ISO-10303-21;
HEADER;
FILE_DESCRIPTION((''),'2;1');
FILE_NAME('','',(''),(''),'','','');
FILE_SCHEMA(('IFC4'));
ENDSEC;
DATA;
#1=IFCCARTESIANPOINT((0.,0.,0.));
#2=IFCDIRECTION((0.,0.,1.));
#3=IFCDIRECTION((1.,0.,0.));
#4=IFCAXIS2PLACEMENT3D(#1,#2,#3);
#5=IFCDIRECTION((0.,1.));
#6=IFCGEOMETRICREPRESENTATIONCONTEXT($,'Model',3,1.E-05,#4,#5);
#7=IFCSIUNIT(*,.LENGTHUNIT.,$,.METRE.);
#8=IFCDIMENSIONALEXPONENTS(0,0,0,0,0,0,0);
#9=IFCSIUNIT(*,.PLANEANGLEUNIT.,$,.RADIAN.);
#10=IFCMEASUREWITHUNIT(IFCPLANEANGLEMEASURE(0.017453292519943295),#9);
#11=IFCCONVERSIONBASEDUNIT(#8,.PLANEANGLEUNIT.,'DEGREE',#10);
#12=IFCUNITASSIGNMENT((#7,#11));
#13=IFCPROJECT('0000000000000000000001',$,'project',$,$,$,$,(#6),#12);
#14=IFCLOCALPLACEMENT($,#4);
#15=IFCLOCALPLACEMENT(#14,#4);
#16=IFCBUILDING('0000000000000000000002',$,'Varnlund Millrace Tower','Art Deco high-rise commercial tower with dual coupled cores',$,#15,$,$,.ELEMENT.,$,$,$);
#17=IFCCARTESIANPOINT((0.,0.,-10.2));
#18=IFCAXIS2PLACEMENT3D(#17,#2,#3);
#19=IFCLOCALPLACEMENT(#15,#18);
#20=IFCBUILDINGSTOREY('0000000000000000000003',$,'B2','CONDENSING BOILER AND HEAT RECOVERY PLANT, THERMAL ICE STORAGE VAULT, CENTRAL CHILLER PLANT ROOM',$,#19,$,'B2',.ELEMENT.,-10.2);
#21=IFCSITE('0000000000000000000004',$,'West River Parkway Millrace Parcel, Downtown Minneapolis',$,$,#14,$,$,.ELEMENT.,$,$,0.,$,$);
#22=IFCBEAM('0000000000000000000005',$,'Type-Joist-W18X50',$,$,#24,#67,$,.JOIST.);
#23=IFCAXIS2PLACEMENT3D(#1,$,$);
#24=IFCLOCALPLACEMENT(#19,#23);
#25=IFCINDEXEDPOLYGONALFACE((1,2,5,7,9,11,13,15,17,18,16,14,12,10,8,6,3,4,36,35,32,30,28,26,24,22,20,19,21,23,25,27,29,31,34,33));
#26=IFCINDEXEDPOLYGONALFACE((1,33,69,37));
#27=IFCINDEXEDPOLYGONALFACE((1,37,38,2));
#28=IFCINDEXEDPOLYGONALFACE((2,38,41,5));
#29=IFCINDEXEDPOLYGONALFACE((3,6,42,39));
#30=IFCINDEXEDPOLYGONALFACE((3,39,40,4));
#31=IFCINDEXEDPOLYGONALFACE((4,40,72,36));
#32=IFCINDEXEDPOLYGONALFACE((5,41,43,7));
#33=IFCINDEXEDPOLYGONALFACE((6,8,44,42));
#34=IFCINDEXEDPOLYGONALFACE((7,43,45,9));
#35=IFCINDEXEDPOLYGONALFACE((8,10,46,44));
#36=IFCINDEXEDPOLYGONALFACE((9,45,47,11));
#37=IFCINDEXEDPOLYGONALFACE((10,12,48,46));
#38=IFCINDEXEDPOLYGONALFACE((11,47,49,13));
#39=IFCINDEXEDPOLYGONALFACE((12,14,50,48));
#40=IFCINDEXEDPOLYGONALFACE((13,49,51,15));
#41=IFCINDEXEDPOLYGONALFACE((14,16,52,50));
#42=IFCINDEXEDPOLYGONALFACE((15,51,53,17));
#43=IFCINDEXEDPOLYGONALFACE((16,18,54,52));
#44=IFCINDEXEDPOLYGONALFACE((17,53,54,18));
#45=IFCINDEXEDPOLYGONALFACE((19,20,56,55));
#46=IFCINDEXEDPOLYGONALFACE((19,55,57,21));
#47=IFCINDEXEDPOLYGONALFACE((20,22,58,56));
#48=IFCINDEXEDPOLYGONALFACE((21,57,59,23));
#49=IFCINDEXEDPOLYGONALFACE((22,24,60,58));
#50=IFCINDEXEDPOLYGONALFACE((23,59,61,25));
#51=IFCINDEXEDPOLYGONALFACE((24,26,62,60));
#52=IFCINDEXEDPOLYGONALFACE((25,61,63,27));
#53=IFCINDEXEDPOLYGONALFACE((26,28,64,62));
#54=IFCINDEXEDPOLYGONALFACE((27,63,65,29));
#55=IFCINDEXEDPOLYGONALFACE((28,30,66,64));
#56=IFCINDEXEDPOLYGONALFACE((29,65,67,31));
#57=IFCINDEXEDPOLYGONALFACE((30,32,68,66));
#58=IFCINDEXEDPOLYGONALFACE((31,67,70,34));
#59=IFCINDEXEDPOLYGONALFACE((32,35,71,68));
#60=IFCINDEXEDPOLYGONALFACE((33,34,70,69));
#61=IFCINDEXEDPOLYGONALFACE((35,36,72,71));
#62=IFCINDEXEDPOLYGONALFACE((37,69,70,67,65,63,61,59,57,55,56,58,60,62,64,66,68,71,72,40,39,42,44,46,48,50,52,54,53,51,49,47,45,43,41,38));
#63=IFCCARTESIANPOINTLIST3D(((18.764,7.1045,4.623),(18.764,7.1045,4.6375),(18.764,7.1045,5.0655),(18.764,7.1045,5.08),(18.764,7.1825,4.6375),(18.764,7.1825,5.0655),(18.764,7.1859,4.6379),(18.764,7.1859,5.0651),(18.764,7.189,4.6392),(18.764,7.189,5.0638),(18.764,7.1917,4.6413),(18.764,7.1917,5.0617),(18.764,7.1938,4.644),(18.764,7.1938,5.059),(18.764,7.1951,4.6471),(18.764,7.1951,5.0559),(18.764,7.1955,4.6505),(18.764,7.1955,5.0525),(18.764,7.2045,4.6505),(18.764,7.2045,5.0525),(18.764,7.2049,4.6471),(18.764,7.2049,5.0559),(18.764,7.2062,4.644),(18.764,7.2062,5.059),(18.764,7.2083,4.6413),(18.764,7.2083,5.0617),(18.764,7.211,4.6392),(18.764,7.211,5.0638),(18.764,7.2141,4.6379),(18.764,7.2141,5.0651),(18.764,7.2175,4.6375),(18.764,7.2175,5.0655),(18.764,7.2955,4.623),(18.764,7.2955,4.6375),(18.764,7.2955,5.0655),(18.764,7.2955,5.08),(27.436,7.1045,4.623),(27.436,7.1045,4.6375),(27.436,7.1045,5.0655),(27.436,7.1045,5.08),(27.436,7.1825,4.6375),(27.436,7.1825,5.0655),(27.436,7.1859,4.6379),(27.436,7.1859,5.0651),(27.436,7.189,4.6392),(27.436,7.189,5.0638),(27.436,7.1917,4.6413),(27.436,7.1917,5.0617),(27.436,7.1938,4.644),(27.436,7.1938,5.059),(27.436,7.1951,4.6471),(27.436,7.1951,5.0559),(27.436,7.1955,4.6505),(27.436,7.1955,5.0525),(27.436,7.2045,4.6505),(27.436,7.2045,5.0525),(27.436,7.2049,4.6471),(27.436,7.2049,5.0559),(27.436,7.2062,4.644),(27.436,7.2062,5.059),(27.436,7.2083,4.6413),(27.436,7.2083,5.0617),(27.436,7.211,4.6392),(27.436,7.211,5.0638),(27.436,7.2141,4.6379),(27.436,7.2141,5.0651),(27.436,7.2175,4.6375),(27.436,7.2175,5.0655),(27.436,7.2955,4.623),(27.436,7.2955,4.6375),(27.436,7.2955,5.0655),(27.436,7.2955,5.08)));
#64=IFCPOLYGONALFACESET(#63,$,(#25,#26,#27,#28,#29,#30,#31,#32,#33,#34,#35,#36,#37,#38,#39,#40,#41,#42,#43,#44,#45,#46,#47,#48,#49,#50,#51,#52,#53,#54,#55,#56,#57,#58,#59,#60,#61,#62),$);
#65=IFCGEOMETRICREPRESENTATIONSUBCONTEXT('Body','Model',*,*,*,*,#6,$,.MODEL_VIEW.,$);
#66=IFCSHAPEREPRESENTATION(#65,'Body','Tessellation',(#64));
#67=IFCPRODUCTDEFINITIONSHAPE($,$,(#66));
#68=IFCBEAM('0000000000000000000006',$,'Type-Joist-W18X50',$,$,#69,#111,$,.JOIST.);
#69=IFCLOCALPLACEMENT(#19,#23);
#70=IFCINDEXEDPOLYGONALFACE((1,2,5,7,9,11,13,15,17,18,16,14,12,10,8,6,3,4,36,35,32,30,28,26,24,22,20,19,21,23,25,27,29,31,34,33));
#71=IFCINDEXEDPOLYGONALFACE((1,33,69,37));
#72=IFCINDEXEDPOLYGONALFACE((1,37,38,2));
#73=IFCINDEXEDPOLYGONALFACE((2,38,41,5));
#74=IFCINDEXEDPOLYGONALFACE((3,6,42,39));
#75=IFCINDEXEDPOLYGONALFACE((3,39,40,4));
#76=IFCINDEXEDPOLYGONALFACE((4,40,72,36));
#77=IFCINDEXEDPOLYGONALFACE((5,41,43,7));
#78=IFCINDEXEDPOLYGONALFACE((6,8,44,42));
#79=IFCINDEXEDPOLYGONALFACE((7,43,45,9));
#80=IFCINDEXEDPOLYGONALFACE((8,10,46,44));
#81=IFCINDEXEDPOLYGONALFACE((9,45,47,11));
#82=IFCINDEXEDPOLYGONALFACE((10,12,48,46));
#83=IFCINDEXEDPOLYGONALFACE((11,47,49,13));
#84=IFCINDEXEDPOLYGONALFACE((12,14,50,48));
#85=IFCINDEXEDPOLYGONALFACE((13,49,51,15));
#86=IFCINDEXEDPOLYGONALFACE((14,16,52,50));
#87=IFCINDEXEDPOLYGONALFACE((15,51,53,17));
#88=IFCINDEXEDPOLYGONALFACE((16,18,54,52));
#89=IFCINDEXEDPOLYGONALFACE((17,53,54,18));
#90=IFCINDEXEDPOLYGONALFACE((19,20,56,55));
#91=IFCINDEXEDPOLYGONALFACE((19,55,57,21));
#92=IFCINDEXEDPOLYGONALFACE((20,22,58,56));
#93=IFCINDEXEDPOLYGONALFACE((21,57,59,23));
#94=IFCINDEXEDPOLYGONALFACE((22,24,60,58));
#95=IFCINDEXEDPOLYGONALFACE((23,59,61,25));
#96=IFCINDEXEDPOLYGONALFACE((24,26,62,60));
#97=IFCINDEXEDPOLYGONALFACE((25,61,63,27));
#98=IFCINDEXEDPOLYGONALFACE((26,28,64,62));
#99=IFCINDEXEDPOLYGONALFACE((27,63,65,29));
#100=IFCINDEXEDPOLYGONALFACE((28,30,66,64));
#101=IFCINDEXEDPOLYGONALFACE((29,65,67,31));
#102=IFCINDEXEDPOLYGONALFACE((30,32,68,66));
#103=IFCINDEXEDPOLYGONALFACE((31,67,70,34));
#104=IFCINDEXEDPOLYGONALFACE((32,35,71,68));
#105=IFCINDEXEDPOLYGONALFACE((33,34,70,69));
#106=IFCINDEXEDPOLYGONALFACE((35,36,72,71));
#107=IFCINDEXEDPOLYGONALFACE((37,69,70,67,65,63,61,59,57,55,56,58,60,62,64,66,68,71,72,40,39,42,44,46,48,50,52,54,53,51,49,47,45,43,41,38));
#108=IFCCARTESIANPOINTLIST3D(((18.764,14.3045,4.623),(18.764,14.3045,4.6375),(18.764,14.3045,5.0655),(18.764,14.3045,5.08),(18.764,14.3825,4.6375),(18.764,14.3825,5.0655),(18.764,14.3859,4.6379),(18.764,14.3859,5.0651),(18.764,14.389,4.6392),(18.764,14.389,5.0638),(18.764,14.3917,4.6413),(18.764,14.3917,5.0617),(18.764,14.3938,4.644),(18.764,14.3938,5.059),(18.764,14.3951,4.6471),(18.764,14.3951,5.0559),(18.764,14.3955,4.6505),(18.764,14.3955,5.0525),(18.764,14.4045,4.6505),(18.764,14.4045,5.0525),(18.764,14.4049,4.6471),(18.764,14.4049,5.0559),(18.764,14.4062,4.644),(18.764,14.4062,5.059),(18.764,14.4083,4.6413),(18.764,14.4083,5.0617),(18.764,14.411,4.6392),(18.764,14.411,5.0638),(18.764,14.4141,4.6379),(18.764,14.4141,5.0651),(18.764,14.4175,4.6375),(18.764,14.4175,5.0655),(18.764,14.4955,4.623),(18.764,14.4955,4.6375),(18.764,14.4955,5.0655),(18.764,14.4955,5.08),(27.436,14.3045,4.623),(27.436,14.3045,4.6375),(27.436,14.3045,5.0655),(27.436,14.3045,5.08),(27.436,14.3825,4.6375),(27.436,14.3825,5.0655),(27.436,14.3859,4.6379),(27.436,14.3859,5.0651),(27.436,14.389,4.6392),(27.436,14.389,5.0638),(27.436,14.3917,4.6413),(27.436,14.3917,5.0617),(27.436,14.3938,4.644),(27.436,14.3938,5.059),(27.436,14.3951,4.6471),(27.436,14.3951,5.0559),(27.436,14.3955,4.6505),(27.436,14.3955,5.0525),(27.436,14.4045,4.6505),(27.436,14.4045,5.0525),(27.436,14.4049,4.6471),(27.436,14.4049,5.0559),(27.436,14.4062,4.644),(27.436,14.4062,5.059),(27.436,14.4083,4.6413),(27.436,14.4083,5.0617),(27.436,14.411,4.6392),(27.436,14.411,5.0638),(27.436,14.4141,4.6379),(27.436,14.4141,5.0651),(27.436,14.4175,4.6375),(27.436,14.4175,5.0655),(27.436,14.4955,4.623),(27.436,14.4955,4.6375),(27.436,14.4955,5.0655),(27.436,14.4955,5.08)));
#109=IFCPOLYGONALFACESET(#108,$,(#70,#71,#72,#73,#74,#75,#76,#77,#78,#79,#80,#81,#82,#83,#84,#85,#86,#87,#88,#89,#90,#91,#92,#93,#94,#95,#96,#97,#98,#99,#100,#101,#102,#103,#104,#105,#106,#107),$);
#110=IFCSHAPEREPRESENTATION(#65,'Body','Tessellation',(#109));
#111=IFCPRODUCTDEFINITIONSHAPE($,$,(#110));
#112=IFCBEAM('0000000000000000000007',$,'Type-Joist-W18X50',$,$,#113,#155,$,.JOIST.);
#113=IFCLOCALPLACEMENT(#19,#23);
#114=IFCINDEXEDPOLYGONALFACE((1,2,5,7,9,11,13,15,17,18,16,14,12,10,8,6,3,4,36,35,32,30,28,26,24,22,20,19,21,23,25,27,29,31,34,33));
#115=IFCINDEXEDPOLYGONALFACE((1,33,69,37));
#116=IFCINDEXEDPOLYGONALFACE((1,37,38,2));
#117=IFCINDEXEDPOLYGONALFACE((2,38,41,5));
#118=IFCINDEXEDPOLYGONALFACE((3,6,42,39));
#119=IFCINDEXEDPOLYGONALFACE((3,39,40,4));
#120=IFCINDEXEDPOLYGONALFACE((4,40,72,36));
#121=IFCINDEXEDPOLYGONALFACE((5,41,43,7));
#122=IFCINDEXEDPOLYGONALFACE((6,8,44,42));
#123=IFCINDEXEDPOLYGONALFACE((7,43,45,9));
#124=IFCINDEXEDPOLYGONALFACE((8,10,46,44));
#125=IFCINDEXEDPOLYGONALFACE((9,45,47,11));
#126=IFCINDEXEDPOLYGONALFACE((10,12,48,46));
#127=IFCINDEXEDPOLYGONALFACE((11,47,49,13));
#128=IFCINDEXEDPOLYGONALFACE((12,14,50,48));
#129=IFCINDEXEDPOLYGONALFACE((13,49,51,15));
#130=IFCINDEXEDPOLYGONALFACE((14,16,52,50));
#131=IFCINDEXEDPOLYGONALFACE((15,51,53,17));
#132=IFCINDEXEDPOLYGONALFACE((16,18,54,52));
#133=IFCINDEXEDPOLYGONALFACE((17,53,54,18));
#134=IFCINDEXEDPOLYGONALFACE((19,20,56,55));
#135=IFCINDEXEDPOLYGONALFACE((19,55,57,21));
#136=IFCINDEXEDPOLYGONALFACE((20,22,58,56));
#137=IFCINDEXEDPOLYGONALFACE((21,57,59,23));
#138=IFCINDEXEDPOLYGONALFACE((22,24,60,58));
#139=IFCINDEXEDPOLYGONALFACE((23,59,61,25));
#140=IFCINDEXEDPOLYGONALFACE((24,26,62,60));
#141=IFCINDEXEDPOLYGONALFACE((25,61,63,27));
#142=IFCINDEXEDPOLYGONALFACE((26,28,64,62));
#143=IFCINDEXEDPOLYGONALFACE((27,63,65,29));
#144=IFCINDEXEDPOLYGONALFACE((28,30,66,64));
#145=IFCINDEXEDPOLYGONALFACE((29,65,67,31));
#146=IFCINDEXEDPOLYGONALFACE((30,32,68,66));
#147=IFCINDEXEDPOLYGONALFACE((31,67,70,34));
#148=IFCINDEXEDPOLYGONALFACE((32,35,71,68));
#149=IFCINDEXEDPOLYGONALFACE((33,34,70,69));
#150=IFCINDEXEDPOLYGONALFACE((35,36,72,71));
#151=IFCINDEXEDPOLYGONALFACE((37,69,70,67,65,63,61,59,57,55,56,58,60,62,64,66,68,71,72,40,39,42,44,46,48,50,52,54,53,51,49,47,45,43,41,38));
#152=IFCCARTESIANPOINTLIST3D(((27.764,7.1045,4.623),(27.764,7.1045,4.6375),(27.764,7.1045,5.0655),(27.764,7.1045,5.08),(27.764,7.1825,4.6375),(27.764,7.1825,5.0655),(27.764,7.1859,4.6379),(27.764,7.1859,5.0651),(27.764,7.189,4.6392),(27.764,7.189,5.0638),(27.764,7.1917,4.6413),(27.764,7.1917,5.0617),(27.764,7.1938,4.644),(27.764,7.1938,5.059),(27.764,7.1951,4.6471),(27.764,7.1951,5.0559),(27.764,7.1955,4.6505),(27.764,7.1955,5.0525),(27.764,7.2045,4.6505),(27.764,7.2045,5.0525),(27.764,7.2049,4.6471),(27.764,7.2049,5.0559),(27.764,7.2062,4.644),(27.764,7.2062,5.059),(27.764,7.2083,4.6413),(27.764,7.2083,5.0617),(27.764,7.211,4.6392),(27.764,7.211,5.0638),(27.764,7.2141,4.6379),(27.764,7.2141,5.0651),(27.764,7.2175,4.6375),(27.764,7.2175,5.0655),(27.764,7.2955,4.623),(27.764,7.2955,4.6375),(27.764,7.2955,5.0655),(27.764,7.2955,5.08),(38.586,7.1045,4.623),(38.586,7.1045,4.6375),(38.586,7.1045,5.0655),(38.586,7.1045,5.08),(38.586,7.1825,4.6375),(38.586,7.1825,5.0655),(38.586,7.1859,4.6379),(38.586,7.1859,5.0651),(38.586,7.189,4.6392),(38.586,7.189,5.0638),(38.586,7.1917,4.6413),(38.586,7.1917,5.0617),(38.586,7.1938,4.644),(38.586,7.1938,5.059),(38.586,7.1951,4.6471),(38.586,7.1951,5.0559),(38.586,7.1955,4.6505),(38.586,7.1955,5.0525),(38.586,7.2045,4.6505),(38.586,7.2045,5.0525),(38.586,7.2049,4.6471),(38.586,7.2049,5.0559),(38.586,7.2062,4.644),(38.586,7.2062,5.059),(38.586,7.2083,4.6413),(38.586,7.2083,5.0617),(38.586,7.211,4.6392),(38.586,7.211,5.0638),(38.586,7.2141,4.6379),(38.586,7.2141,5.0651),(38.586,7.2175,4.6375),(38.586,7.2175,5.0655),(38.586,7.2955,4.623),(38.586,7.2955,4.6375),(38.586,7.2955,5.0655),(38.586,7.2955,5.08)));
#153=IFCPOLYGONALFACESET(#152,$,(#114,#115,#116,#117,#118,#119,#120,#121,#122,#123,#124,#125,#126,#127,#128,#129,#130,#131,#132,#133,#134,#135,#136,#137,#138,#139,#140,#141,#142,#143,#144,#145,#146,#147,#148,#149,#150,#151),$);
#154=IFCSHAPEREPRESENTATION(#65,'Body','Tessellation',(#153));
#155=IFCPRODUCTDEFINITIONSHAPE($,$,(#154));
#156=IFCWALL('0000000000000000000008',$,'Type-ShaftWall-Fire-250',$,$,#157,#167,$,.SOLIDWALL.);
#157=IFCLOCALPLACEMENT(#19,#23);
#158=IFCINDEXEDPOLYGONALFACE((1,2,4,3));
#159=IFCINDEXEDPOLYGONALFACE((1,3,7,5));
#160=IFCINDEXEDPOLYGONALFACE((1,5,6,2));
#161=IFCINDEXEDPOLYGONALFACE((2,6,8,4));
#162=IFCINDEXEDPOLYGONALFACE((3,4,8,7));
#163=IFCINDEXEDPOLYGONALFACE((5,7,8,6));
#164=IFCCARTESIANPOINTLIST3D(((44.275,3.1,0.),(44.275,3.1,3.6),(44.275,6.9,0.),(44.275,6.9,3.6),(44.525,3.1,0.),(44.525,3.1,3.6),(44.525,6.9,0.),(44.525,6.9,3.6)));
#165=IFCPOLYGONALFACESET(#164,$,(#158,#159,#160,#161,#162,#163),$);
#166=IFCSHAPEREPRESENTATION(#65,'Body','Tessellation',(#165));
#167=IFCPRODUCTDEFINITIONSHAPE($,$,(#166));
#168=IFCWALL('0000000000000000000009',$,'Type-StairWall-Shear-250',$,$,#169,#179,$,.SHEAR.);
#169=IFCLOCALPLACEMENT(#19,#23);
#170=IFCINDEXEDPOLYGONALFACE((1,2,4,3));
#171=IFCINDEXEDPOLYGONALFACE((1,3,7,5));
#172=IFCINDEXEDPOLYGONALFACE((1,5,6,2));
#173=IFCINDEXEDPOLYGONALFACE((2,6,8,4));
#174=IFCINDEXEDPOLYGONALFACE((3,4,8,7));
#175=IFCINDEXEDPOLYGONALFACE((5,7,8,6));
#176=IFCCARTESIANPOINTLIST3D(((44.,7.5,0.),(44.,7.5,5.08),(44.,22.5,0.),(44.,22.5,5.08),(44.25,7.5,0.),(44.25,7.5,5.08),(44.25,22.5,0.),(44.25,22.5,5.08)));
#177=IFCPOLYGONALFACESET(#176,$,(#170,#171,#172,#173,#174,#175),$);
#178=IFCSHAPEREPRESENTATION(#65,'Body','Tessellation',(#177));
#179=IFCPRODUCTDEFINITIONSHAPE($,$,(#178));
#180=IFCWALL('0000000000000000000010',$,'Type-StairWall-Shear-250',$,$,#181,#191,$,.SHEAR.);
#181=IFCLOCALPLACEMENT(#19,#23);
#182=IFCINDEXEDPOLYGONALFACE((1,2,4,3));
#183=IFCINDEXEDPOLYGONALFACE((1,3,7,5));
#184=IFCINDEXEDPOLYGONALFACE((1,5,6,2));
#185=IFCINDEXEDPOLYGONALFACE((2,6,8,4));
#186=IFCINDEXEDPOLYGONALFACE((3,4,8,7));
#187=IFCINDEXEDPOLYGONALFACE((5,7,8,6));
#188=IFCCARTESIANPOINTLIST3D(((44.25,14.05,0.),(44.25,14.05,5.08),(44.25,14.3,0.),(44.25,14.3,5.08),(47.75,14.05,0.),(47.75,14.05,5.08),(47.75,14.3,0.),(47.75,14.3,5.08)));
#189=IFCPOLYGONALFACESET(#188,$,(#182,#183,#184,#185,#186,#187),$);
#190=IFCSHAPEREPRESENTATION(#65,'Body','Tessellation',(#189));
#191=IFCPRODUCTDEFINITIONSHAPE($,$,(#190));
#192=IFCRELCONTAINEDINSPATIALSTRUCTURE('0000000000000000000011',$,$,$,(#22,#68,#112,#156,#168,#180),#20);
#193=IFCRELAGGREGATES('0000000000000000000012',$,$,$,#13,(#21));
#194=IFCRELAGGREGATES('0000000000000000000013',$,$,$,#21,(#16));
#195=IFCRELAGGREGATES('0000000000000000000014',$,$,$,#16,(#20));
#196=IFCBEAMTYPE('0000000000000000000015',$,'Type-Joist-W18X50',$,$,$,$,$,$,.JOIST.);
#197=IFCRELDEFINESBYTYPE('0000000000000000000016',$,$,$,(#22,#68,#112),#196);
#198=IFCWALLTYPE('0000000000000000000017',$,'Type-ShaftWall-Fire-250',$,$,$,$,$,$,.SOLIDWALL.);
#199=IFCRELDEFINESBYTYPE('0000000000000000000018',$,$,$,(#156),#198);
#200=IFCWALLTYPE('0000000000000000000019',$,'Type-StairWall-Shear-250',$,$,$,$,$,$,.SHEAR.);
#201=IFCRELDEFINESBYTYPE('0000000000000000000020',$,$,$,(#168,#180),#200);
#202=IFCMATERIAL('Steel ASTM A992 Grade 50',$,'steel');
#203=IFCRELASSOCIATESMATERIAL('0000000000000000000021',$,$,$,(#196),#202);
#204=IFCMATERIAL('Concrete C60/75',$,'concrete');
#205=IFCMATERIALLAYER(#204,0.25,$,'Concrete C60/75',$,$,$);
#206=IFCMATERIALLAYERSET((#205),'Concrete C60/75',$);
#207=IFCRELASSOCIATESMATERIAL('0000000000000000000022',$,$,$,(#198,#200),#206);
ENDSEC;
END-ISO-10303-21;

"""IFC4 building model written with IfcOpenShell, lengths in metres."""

from ifc_helpers import new_model, entity, si_unit, converted_unit, direction, frame, origin_with_axes, origin_2d_with_axis, place, context, subcontext, project, spatial, polyline, i_section, outline, extrude, material, layer, layer_set, material_profile, profile_set, type_object, element, save


model = new_model("IFC4")

# Units and contexts
model_context = context("Model", 3, precision=1e-05, world=origin_with_axes(), true_north=direction((0.0, 1.0)))
body_context = subcontext(model_context, "Body", "Model", "MODEL_VIEW")
ifc_project = project(units=[si_unit("LENGTHUNIT", "METRE"), converted_unit("PLANEANGLEUNIT", "DEGREE", entity("IfcPlaneAngleMeasure", 0.017453292519943295), si_unit("PLANEANGLEUNIT", "RADIAN"), dimensions=[0, 0, 0, 0, 0, 0, 0])], contexts=[model_context])

# Site, building, storey
site_placement = place(None, origin_with_axes())
site = spatial("IfcSite", under=ifc_project, at=site_placement, Name="West River Parkway Millrace Parcel, Downtown Minneapolis", CompositionType="ELEMENT", RefElevation=0.0)
building_placement = place(site_placement, origin_with_axes())
building = spatial("IfcBuilding", under=site, at=building_placement, Name="Varnlund Millrace Tower", Description="Art Deco high-rise commercial tower with dual coupled cores", CompositionType="ELEMENT")
storey_placement = place(building_placement, frame((0.0, 0.0, -10.2), z_axis=(0.0, 0.0, 1.0), x_axis=(1.0, 0.0, 0.0)))
storey = spatial("IfcBuildingStorey", under=building, at=storey_placement, Name="B2", Description="CONDENSING BOILER AND HEAT RECOVERY PLANT, THERMAL ICE STORAGE VAULT, CENTRAL CHILLER PLANT ROOM", LongName="B2", CompositionType="ELEMENT", Elevation=-10.2)

# Beams
ifc_material_1 = material(Name="Steel ASTM A992 Grade 50", Category="steel")
ifc_material_profile_1 = material_profile(ifc_material_1, i_section(OverallWidth=0.191, OverallDepth=0.457, WebThickness=0.009, FlangeThickness=0.0145, FilletRadius=0.013, at=origin_2d_with_axis()), Name="Steel ASTM A992 Grade 50")
ifc_profile_set_1 = profile_set([ifc_material_profile_1], Name="Steel ASTM A992 Grade 50")
beam_type_1 = type_object("IfcBeamType", Name="Type-Joist-W18X50", PredefinedType="JOIST", material=ifc_profile_set_1)
for number, where, z_axis, x_axis, name in (
    (1, (18.764, 7.2, 4.8515), (1.0, 0.0, 0.0), (0.0, 1.0, 0.0), "Type-Joist-W18X50"),
    (2, (18.764, 14.4, 4.8515), (1.0, 0.0, 0.0), (0.0, 1.0, 0.0), "Type-Joist-W18X50"),
):
    element("IfcBeam", number, at=place(storey_placement, frame(where, z_axis=z_axis, x_axis=x_axis)), inside=storey, type_object=beam_type_1, Name=name, PredefinedType="JOIST", context=body_context, shape_type="SweptSolid", body=[
        extrude(i_section(OverallWidth=0.191, OverallDepth=0.457, WebThickness=0.009, FlangeThickness=0.0145, FilletRadius=0.013, at=origin_2d_with_axis()), origin_with_axes(), (0.0, 0.0, 1.0), 8.672),
    ])
beam_1_placement = place(storey_placement, frame((27.764, 7.2, 4.8515), z_axis=(1.0, 0.0, 0.0), x_axis=(0.0, 1.0, 0.0)))
element("IfcBeam", 3, at=beam_1_placement, inside=storey, type_object=beam_type_1, Name="Type-Joist-W18X50", PredefinedType="JOIST", context=body_context, shape_type="SweptSolid", body=[
    extrude(i_section(OverallWidth=0.191, OverallDepth=0.457, WebThickness=0.009, FlangeThickness=0.0145, FilletRadius=0.013, at=origin_2d_with_axis()), origin_with_axes(), (0.0, 0.0, 1.0), 10.822),
])

# Walls
ifc_material_2 = material(Name="Concrete C60/75", Category="concrete")
ifc_layer = layer(ifc_material_2, 0.25, Name="Concrete C60/75")
ifc_layer_set = layer_set([ifc_layer], Name="Concrete C60/75")
wall_type_1 = type_object("IfcWallType", Name="Type-ShaftWall-Fire-250", PredefinedType="SOLIDWALL", material=ifc_layer_set)
wall_1_placement = place(storey_placement, frame((44.4, 3.1, 0.0), z_axis=(0.0, 0.0, 1.0), x_axis=(0.0, 1.0, 0.0)))
element("IfcWall", 4, at=wall_1_placement, inside=storey, type_object=wall_type_1, Name="Type-ShaftWall-Fire-250", PredefinedType="SOLIDWALL", context=body_context, shape_type="SweptSolid", body=[
    extrude(outline(polyline([(0.0, -0.125), (3.8, -0.125), (3.8, 0.125), (0.0, 0.125), (0.0, -0.125)])), origin_with_axes(), (0.0, 0.0, 1.0), 3.6),
])
wall_type_2 = type_object("IfcWallType", Name="Type-StairWall-Shear-250", PredefinedType="SHEAR", material=ifc_layer_set)
wall_2_placement = place(storey_placement, frame((44.125, 7.5, 0.0), z_axis=(0.0, 0.0, 1.0), x_axis=(0.0, 1.0, 0.0)))
element("IfcWall", 5, at=wall_2_placement, inside=storey, type_object=wall_type_2, Name="Type-StairWall-Shear-250", PredefinedType="SHEAR", context=body_context, shape_type="SweptSolid", body=[
    extrude(outline(polyline([(0.0, -0.125), (15.0, -0.125), (15.0, 0.125), (0.0, 0.125), (0.0, -0.125)])), origin_with_axes(), (0.0, 0.0, 1.0), 5.08),
])
wall_3_placement = place(storey_placement, frame((44.25, 14.175, 0.0), z_axis=(0.0, 0.0, 1.0), x_axis=(1.0, 0.0, 0.0)))
element("IfcWall", 6, at=wall_3_placement, inside=storey, type_object=wall_type_2, Name="Type-StairWall-Shear-250", PredefinedType="SHEAR", context=body_context, shape_type="SweptSolid", body=[
    extrude(outline(polyline([(0.0, -0.125), (3.5, -0.125), (3.5, 0.125), (0.0, 0.125), (0.0, -0.125)])), origin_with_axes(), (0.0, 0.0, 1.0), 5.08),
])

save(model, "model.ifc")
